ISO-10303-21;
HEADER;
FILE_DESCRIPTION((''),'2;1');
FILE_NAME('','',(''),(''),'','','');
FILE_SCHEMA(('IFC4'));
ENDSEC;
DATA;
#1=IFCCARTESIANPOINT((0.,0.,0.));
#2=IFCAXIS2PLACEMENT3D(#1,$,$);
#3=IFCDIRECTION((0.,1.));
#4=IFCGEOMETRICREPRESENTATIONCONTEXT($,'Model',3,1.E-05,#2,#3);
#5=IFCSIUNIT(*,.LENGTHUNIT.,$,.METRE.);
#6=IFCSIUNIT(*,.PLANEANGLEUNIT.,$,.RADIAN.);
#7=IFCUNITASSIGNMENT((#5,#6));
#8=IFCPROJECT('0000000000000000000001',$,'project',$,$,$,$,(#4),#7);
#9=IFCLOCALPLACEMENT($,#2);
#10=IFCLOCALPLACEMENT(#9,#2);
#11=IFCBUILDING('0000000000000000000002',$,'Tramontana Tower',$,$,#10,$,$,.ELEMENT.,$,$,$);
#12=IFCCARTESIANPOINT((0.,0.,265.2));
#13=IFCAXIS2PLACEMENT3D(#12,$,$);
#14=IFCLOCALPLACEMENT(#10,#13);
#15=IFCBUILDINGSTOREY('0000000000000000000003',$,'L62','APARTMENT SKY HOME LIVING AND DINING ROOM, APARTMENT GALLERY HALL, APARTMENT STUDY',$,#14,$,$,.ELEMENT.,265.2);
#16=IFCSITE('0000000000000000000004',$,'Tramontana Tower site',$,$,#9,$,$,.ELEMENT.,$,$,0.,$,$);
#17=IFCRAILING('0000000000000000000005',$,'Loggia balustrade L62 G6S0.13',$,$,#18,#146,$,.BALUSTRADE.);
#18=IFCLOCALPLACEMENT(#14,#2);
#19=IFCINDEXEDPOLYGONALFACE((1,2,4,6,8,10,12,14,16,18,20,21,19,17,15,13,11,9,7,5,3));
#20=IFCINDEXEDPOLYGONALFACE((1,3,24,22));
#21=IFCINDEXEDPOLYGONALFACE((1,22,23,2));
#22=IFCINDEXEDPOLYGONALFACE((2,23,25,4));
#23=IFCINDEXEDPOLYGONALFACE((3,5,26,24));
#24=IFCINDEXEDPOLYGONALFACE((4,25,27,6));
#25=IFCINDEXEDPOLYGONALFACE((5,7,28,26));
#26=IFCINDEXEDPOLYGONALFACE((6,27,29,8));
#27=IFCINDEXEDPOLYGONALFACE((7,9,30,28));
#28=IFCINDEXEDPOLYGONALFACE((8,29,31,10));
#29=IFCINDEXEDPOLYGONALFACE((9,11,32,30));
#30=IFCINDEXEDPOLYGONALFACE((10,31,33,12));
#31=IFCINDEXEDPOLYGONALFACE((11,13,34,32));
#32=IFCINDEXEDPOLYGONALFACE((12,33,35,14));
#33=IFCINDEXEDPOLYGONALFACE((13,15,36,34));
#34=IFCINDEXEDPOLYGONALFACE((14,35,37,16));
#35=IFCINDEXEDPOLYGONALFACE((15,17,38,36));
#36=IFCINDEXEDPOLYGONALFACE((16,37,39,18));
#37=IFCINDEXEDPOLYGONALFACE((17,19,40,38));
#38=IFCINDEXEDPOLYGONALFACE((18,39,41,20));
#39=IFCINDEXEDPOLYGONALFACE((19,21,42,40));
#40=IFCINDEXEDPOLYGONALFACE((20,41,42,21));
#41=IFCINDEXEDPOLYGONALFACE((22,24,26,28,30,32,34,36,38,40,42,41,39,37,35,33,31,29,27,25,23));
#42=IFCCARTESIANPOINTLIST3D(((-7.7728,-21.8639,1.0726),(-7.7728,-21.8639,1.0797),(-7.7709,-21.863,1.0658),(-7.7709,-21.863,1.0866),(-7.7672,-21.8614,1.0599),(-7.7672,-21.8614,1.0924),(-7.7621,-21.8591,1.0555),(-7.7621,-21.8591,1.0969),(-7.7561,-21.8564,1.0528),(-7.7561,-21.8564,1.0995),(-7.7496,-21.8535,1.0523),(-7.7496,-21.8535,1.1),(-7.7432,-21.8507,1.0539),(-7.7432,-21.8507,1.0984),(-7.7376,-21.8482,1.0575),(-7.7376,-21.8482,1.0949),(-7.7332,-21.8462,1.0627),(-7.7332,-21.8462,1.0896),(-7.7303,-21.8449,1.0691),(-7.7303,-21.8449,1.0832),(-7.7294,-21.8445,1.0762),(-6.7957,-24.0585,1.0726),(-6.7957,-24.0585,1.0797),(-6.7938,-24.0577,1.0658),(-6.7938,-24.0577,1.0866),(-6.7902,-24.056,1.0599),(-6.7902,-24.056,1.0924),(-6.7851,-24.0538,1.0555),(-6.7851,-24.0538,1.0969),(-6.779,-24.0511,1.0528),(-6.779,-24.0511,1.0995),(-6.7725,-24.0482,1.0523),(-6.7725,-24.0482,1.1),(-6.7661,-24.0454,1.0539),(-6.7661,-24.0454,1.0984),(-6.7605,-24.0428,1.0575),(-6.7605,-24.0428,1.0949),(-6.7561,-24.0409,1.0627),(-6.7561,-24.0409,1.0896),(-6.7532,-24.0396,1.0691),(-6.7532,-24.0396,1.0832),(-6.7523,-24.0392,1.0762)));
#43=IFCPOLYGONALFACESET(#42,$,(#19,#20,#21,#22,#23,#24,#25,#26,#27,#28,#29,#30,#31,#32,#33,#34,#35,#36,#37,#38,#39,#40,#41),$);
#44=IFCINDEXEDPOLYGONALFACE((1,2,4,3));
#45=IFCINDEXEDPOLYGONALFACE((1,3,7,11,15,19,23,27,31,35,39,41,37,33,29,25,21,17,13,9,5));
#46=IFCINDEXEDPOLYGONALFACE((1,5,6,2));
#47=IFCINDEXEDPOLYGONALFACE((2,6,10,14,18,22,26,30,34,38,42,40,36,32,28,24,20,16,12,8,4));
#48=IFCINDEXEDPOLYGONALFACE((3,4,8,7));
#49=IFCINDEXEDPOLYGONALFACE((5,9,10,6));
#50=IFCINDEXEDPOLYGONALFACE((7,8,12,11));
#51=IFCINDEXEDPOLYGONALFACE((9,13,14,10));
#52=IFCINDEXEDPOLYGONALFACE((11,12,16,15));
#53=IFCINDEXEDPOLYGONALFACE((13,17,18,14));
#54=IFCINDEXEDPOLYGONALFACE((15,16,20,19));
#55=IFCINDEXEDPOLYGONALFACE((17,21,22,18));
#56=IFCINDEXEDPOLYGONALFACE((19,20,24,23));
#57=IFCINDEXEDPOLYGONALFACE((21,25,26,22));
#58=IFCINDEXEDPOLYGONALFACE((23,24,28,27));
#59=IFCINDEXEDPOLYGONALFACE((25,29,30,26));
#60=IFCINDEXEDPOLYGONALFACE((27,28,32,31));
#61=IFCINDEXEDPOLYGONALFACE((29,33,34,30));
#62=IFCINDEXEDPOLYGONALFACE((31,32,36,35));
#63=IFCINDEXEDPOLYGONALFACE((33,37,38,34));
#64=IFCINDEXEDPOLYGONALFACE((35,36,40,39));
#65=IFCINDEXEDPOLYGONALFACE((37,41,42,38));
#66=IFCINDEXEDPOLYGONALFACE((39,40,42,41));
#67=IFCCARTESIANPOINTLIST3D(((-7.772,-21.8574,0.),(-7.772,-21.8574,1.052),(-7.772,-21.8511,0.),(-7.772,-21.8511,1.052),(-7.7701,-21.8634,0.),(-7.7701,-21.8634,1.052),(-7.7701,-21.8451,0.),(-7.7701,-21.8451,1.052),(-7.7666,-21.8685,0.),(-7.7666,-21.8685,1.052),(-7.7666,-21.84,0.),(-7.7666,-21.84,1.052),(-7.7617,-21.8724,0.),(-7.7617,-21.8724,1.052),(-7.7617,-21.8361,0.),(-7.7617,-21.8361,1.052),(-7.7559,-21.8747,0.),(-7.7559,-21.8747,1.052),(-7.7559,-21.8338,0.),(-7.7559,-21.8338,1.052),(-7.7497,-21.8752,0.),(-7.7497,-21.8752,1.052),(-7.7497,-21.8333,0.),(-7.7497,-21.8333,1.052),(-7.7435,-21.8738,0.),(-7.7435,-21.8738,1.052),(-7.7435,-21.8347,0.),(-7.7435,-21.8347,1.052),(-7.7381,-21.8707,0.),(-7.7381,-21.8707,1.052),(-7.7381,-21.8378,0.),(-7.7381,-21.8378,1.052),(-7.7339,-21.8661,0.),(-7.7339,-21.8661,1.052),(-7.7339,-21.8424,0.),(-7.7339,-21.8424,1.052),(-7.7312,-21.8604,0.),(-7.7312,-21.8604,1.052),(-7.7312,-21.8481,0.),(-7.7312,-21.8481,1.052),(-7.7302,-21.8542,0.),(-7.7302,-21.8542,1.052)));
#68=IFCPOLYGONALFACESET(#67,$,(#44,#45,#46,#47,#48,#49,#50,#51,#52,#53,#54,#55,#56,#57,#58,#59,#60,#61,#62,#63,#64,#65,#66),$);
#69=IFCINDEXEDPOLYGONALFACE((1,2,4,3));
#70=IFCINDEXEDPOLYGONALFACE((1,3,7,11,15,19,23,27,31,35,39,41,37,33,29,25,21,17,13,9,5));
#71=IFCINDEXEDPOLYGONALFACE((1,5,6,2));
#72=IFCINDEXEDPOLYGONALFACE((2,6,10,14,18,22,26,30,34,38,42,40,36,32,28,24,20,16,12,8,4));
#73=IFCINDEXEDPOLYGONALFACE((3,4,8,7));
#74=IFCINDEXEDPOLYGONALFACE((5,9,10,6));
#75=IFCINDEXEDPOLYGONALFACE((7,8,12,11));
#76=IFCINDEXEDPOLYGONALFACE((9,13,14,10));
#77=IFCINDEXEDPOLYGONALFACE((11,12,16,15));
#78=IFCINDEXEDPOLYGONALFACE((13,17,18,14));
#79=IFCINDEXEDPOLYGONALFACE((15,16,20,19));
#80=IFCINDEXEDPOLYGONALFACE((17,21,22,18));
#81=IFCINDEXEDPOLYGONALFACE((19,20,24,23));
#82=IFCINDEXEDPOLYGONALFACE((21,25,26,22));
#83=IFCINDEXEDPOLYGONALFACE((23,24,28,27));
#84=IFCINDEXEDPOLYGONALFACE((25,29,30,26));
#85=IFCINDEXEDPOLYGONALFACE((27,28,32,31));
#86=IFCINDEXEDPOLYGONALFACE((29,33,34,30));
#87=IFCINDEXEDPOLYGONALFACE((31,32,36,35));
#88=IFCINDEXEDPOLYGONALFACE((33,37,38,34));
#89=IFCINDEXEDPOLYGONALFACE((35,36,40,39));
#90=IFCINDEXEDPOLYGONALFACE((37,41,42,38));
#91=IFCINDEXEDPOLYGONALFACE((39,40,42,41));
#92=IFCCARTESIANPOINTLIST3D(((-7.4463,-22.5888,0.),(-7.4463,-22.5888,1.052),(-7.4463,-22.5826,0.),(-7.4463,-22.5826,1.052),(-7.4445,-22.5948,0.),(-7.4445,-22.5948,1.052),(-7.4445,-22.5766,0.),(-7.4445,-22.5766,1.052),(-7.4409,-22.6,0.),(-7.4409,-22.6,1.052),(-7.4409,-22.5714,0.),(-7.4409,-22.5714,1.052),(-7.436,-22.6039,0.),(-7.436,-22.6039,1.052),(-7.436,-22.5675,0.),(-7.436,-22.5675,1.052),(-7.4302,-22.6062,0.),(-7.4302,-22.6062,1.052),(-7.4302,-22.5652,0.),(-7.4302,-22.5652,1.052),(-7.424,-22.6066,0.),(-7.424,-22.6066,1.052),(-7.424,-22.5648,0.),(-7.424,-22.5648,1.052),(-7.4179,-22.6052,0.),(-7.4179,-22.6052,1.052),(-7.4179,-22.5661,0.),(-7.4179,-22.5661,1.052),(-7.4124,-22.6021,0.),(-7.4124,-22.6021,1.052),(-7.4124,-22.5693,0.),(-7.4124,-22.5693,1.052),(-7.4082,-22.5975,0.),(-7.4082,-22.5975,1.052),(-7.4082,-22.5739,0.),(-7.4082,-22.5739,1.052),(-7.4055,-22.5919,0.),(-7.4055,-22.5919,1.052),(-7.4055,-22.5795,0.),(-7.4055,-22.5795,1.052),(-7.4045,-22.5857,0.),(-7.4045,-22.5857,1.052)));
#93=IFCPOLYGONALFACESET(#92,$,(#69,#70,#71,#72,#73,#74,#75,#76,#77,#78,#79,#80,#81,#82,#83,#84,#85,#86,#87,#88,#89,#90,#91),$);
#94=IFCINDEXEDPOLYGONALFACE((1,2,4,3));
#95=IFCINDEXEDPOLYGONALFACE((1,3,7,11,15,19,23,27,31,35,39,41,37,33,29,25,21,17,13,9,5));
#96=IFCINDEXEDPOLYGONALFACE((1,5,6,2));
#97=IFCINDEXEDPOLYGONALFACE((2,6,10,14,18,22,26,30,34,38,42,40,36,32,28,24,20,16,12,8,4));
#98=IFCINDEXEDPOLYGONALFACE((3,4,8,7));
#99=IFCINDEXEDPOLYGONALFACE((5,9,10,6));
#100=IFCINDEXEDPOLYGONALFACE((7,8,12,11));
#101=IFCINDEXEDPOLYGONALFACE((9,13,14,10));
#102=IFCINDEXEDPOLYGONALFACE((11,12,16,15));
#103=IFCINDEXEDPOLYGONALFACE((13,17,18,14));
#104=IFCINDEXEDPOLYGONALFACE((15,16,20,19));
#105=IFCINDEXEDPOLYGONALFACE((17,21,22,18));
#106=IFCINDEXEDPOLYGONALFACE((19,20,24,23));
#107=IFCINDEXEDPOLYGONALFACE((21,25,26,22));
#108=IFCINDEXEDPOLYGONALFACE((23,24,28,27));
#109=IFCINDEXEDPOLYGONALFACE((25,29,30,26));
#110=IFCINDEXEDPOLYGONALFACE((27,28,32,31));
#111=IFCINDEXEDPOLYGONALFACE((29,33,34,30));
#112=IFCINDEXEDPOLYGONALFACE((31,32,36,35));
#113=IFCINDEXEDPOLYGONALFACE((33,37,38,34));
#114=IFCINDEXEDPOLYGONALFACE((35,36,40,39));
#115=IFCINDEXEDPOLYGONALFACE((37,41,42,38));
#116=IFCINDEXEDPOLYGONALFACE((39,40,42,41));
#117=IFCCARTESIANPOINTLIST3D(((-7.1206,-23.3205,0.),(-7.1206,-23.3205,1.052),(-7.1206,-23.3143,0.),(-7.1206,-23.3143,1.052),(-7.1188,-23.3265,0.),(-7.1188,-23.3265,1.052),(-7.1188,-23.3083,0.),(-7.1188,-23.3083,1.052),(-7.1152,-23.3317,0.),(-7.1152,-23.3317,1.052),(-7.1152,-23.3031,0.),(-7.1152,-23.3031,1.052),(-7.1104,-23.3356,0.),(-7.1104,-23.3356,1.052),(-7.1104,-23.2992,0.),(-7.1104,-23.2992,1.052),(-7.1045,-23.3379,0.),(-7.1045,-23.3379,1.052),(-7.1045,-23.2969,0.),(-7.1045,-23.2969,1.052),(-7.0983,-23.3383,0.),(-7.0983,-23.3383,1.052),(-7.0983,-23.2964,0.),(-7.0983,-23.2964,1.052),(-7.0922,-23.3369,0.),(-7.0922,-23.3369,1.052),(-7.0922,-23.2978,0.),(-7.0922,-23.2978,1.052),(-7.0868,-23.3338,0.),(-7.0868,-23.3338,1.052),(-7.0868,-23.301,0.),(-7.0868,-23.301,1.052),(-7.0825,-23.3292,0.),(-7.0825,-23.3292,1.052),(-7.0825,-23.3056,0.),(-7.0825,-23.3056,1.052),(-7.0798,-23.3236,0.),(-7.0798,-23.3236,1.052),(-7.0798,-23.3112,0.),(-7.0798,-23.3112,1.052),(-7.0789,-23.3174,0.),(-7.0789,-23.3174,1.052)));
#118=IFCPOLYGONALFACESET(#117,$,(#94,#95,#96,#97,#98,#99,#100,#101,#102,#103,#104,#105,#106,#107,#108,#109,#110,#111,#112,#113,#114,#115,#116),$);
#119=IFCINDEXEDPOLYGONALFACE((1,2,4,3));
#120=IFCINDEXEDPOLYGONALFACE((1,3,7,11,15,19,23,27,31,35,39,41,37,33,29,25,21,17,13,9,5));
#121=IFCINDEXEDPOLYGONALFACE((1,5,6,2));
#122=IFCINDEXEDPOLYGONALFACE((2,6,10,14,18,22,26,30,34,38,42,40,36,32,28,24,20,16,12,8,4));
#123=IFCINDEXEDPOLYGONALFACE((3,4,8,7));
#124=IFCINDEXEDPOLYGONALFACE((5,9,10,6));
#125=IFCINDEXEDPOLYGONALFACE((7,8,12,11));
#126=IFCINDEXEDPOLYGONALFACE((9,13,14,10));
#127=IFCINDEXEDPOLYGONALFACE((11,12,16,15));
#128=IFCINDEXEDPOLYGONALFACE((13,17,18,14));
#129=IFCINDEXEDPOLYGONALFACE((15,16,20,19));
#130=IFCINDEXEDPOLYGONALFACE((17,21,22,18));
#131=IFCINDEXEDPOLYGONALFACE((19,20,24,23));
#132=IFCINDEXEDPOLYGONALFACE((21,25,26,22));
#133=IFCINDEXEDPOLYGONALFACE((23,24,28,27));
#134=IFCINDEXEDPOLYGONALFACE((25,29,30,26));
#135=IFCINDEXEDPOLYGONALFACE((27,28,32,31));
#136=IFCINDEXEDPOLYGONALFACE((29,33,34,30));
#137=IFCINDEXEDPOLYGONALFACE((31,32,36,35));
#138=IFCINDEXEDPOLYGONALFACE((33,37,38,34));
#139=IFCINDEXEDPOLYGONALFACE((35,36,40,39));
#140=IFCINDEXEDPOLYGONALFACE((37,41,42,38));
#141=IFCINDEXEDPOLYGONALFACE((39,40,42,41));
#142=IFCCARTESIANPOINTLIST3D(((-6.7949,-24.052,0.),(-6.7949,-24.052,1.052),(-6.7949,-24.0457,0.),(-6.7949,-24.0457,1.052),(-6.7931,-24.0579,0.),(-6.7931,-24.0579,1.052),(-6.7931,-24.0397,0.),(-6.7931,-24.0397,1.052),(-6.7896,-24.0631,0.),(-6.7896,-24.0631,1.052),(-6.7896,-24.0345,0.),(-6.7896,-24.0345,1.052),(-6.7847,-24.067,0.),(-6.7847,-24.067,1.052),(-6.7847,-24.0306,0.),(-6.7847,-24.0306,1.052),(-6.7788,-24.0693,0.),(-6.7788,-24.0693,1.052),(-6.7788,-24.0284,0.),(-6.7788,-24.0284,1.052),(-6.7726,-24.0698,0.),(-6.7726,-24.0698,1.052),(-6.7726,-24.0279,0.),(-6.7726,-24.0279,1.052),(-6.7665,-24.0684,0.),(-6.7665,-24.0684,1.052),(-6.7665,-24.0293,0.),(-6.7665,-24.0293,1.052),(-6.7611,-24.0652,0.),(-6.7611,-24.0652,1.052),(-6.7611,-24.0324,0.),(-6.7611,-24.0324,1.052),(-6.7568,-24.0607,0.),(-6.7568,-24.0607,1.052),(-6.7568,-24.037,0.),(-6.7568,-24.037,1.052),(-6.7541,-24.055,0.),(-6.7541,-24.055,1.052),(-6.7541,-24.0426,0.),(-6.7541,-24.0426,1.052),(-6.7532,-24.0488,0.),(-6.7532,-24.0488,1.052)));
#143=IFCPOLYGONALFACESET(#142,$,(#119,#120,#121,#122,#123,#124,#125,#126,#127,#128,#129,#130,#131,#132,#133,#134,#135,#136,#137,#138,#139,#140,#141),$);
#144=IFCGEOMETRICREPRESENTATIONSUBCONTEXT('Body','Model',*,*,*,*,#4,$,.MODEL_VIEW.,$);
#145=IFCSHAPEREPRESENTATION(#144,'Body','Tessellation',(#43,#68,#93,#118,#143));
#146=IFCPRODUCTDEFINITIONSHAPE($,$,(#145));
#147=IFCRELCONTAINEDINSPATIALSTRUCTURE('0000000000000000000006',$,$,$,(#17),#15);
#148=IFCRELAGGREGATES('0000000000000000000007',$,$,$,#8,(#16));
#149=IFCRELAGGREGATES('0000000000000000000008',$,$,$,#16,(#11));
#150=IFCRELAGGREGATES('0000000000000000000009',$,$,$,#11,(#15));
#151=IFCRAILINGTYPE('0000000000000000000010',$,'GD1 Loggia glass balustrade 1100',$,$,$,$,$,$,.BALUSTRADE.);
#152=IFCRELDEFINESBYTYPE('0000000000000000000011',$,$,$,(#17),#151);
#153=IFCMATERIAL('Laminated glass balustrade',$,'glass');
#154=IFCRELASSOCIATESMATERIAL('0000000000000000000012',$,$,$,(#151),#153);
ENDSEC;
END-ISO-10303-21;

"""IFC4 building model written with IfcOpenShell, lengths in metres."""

from ifc_helpers import new_model, si_unit, direction, frame, origin, origin_2d, place, context, subcontext, project, spatial, circle, extrude, material, type_object, element, save


model = new_model("IFC4")

# Units and contexts
model_context = context("Model", 3, precision=1e-05, world=origin(), true_north=direction((0.0, 1.0)))
body_context = subcontext(model_context, "Body", "Model", "MODEL_VIEW")
ifc_project = project(units=[si_unit("LENGTHUNIT", "METRE"), si_unit("PLANEANGLEUNIT", "RADIAN")], contexts=[model_context])

# Site, building, storey
site_placement = place(None, origin())
site = spatial("IfcSite", under=ifc_project, at=site_placement, Name="Tramontana Tower site", CompositionType="ELEMENT", RefElevation=0.0)
building_placement = place(site_placement, origin())
building = spatial("IfcBuilding", under=site, at=building_placement, Name="Tramontana Tower", CompositionType="ELEMENT")
storey_placement = place(building_placement, frame((0.0, 0.0, 265.2)))
storey = spatial("IfcBuildingStorey", under=building, at=storey_placement, Name="L62", Description="APARTMENT SKY HOME LIVING AND DINING ROOM, APARTMENT GALLERY HALL, APARTMENT STUDY", CompositionType="ELEMENT", Elevation=265.2)

# Railing
ifc_material_1 = material(Name="Laminated glass balustrade", Category="glass")
railing_type = type_object("IfcRailingType", Name="GD1 Loggia glass balustrade 1100", PredefinedType="BALUSTRADE", material=ifc_material_1)
railing_1_placement = place(storey_placement, frame((-7.7512, -21.8542, 0.0)))
element("IfcRailing", 1, at=railing_1_placement, inside=storey, type_object=railing_type, Name="Loggia balustrade L62 G6S0.13", PredefinedType="BALUSTRADE", context=body_context, shape_type="SweptSolid", body=[
    extrude(circle(Radius=0.0239, at=origin_2d()), frame((0.0, 0.0, 1.0762), z_axis=(0.406723, -0.913552, 0.0), x_axis=(0.913552, 0.406723, 0.0)), (0.0, 0.0, 1.0), 2.4023),
    extrude(circle(Radius=0.021, at=origin_2d()), origin(), (0.0, 0.0, 1.0), 1.052),
    extrude(circle(Radius=0.021, at=origin_2d()), frame((0.3257, -0.7314, 0.0)), (0.0, 0.0, 1.0), 1.052),
    extrude(circle(Radius=0.021, at=origin_2d()), frame((0.6514, -1.4631, 0.0)), (0.0, 0.0, 1.0), 1.052),
    extrude(circle(Radius=0.021, at=origin_2d()), frame((0.9771, -2.1946, 0.0)), (0.0, 0.0, 1.0), 1.052),
])

save(model, "model.ifc")
